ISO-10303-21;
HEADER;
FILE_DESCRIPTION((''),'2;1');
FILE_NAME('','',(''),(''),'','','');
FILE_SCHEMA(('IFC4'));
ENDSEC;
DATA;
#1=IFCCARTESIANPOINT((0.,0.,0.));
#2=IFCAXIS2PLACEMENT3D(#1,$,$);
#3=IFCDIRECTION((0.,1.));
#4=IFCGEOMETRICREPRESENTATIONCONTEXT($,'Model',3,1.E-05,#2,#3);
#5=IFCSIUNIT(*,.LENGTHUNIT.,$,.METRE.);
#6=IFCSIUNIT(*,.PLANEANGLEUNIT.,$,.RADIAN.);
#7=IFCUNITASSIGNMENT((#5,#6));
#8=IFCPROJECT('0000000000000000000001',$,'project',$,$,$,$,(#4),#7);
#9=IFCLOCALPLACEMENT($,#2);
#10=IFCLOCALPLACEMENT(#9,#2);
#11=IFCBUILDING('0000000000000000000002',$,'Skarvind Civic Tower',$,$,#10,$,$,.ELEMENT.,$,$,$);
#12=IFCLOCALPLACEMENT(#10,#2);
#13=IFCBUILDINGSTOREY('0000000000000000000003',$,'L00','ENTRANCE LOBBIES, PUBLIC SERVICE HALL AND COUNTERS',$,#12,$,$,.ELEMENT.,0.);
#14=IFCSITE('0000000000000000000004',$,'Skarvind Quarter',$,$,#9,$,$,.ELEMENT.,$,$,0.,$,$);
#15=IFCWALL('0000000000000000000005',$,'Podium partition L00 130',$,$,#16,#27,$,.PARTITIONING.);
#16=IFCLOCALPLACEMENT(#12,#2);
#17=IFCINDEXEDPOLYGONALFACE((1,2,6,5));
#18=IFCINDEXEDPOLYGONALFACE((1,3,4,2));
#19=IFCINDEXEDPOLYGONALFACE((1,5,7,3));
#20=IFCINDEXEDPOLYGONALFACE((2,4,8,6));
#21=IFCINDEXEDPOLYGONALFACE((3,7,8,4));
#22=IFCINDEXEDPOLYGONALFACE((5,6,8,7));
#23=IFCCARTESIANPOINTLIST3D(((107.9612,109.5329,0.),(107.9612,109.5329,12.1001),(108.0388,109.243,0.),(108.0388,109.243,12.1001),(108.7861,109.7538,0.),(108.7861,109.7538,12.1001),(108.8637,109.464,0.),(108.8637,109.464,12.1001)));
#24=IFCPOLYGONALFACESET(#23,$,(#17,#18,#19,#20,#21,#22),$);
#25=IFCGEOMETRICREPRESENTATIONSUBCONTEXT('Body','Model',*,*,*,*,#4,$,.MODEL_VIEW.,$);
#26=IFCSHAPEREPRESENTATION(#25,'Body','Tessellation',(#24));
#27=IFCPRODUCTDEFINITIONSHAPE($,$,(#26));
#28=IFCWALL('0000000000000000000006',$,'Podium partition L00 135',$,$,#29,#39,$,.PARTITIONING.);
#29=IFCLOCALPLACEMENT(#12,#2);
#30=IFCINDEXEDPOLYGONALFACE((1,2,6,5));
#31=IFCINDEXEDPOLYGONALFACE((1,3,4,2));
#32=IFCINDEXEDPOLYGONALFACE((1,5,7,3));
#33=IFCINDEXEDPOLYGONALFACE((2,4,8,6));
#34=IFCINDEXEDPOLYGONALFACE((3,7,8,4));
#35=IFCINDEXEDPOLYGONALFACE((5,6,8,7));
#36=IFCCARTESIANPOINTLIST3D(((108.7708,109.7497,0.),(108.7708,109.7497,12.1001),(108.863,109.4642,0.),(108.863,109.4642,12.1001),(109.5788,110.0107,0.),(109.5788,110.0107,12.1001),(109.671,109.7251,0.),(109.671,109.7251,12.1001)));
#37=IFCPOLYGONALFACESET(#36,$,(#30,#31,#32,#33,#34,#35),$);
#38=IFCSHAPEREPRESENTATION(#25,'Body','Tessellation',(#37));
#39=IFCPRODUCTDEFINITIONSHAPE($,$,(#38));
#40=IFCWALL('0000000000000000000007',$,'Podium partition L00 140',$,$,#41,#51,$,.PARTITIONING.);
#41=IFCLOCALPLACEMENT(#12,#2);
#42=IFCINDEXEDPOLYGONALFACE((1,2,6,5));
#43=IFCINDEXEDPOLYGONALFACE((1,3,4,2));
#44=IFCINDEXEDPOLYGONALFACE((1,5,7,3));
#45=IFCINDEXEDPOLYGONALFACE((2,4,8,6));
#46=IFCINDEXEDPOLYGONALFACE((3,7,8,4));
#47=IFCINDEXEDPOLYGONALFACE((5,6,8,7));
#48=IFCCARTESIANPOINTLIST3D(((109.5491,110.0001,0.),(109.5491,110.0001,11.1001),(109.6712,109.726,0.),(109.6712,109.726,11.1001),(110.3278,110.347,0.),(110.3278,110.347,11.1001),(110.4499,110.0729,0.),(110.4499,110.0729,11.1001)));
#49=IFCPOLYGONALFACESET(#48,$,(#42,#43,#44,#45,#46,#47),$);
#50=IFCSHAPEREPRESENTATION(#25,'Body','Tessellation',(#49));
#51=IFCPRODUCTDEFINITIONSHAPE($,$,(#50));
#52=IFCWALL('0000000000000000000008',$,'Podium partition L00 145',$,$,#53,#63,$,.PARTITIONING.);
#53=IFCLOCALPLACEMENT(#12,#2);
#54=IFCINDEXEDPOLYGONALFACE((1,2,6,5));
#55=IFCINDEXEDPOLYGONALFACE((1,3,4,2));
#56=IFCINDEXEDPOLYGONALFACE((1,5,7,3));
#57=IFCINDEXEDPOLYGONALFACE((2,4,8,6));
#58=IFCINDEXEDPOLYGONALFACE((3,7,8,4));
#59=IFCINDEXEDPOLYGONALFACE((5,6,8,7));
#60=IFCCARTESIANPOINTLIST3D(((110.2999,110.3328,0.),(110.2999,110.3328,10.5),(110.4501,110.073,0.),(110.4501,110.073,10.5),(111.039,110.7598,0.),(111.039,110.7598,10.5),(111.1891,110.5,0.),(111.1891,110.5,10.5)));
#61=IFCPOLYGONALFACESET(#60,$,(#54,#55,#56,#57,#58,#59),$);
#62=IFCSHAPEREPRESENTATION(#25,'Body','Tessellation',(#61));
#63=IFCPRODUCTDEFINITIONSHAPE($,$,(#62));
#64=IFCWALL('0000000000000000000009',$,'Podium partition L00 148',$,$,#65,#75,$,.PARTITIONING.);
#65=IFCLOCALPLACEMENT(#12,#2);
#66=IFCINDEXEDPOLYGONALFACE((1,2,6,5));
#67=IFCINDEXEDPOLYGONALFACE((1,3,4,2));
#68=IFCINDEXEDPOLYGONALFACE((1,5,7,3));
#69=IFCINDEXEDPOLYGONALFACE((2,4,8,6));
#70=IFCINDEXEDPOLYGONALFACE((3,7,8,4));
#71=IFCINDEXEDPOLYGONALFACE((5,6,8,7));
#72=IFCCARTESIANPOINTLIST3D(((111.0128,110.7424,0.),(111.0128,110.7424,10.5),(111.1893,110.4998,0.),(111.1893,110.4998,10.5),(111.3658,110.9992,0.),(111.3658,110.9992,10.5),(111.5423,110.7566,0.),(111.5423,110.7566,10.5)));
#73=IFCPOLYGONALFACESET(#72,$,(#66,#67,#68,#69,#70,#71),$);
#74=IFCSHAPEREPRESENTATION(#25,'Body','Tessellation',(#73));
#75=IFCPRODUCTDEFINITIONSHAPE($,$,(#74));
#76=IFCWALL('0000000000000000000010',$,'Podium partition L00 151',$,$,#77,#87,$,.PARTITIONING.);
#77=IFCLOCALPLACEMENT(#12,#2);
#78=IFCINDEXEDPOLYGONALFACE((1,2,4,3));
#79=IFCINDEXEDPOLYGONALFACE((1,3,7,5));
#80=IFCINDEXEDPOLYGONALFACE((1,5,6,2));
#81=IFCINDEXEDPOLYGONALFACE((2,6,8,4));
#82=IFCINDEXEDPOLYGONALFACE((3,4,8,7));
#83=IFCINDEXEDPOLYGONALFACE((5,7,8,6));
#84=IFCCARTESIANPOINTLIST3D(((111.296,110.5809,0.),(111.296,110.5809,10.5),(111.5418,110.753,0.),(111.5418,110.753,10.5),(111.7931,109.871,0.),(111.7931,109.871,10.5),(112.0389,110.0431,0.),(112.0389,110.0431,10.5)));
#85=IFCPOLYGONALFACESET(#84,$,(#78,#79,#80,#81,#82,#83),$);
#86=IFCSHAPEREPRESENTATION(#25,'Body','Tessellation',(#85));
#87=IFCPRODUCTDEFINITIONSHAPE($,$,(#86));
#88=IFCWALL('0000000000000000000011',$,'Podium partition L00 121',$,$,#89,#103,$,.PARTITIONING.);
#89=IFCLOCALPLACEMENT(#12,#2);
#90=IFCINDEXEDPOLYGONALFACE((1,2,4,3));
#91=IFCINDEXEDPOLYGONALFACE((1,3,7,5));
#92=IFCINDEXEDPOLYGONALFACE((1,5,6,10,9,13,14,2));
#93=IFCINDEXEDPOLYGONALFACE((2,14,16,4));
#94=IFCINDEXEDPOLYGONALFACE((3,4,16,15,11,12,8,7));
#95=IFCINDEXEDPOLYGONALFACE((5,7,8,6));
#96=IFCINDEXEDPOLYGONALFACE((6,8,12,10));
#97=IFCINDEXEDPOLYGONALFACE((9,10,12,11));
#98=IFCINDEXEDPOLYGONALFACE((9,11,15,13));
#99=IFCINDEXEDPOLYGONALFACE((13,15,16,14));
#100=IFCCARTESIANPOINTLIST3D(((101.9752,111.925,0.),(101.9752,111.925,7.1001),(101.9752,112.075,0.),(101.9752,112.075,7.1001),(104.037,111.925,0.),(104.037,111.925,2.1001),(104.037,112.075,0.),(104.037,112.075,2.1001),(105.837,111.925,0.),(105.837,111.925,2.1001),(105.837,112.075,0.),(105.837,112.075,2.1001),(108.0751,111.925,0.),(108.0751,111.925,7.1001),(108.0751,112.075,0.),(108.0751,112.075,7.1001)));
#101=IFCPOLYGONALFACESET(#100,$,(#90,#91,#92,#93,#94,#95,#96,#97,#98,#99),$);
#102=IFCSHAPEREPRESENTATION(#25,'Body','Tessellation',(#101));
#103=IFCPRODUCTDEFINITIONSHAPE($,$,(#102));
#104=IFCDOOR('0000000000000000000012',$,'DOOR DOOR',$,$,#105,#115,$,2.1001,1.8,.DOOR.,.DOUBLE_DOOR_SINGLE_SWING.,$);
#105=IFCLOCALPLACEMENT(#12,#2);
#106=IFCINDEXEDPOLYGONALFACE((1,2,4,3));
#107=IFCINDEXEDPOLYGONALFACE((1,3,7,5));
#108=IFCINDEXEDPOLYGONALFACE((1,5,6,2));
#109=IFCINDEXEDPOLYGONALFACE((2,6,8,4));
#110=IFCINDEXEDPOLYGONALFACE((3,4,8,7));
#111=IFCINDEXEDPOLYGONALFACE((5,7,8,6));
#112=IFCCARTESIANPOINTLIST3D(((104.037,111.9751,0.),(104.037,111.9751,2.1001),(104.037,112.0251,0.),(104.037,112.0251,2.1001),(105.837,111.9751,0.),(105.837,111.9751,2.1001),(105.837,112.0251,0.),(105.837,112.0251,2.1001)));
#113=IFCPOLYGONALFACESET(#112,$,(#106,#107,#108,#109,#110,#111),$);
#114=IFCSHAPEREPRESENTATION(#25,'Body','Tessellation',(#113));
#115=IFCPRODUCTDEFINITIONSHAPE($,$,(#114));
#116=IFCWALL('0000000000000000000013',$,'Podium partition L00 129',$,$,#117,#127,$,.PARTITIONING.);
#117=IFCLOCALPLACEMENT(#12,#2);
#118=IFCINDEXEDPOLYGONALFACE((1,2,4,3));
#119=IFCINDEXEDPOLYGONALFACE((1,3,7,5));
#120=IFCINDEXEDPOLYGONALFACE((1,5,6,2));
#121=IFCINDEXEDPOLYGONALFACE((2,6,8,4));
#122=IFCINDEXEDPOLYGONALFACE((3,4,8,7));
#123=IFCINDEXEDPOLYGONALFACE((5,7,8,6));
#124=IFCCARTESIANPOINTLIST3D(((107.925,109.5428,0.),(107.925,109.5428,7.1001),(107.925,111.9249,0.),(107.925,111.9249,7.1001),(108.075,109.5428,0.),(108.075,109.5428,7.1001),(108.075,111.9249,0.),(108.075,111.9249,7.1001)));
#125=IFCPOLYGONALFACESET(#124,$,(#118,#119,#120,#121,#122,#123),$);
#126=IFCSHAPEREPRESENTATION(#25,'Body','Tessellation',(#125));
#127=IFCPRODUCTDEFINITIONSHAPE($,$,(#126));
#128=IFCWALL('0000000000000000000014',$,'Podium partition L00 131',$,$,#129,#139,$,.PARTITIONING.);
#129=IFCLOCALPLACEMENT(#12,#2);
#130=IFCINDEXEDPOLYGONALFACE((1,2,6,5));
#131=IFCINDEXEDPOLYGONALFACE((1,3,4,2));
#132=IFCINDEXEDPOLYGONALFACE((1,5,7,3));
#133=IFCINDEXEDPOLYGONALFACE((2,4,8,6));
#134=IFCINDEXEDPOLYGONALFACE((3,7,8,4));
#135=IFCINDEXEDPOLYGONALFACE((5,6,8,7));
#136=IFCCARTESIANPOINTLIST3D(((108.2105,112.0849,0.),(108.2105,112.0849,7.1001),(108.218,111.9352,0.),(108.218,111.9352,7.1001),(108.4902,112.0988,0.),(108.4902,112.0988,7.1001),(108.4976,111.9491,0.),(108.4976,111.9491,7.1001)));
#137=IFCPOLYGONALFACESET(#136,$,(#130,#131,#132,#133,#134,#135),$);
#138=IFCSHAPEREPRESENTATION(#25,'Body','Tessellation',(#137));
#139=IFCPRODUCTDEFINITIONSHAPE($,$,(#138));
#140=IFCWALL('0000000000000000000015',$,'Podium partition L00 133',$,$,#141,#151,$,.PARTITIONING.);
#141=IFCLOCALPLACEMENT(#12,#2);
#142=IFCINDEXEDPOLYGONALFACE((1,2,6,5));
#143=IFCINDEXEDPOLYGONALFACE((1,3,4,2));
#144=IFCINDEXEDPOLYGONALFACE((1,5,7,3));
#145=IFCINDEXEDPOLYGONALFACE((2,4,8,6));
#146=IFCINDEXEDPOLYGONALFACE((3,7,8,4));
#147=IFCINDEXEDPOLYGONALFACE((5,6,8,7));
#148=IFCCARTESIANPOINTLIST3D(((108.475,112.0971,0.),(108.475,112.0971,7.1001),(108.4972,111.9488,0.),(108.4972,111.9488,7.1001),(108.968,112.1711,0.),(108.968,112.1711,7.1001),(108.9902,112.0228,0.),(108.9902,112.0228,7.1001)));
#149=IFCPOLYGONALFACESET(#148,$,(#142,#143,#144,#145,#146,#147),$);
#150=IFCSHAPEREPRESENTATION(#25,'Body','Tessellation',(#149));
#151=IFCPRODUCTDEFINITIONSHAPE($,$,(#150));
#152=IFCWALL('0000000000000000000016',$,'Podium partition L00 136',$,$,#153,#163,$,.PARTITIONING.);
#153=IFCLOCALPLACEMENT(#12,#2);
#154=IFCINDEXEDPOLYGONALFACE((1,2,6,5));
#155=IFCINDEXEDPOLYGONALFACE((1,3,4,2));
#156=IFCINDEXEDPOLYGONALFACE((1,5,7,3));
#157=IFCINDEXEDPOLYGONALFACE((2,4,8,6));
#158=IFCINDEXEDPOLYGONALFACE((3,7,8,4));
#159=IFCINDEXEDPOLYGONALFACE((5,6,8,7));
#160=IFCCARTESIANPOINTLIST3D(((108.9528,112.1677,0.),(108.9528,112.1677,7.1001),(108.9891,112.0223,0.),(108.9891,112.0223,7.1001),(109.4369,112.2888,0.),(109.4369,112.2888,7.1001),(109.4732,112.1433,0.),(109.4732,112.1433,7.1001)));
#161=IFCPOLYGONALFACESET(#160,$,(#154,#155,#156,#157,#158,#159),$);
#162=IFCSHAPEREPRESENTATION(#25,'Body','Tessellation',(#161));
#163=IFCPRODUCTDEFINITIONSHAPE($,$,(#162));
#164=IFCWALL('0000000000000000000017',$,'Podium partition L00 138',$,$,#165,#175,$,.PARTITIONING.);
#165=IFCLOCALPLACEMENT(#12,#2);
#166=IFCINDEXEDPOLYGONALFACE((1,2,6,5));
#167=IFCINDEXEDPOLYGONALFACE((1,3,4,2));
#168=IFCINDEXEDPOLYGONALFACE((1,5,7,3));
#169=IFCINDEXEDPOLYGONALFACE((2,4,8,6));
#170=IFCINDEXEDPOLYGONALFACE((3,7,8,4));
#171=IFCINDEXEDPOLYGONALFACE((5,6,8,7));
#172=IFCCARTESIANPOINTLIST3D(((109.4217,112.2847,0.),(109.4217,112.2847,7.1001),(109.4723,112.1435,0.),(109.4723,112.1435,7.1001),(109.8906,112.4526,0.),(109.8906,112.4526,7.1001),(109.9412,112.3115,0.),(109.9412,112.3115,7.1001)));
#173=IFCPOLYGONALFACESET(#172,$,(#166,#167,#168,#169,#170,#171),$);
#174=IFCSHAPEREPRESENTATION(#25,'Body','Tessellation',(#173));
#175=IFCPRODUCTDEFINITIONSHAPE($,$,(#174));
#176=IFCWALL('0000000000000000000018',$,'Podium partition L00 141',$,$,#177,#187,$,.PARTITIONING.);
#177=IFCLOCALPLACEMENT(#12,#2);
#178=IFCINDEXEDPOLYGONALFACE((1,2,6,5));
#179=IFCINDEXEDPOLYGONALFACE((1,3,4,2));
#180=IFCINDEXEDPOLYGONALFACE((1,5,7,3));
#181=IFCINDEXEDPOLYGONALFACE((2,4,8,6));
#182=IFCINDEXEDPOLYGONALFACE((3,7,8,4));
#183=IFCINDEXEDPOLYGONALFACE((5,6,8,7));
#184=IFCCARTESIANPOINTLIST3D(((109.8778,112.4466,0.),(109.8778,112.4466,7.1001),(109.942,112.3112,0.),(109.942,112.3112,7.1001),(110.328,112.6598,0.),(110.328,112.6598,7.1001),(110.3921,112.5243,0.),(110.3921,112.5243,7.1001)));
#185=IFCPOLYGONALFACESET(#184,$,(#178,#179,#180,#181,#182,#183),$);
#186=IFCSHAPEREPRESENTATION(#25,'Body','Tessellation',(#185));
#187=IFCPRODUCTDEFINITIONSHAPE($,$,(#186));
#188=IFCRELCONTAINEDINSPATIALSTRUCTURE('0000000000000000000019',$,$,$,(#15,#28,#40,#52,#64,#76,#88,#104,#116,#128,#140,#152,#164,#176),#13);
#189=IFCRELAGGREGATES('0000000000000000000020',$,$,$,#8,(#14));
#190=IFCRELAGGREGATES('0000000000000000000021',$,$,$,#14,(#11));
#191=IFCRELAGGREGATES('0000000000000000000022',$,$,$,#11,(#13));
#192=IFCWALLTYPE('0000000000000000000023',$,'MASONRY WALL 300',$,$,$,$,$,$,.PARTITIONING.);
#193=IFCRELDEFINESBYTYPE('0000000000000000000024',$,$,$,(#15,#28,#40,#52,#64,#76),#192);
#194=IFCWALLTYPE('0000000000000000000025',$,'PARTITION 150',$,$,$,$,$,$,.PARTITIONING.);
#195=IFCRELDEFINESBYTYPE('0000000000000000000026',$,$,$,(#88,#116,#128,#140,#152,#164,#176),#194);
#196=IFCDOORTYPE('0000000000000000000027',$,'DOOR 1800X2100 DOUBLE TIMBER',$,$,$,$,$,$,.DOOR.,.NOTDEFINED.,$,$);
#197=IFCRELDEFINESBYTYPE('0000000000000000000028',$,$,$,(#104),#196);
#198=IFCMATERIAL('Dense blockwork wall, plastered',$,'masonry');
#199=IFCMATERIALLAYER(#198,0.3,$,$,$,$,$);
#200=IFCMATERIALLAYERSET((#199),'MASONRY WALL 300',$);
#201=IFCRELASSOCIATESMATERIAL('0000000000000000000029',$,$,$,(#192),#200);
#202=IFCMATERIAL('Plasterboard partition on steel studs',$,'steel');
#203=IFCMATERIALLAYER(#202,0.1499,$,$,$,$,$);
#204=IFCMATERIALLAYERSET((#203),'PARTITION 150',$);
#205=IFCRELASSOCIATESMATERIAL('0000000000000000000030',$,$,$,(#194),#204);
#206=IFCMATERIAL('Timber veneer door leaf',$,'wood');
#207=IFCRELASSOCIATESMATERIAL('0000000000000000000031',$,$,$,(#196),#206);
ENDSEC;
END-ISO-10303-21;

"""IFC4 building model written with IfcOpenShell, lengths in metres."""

from ifc_helpers import new_model, si_unit, direction, frame, frame_2d, origin, place, context, subcontext, project, spatial, rectangle, extrude, material, layer, layer_set, type_object, element, fill, save


model = new_model("IFC4")

# Units and contexts
model_context = context("Model", 3, precision=1e-05, world=origin(), true_north=direction((0.0, 1.0)))
body_context = subcontext(model_context, "Body", "Model", "MODEL_VIEW")
ifc_project = project(units=[si_unit("LENGTHUNIT", "METRE"), si_unit("PLANEANGLEUNIT", "RADIAN")], contexts=[model_context])

# Site, building, storey
site_placement = place(None, origin())
site = spatial("IfcSite", under=ifc_project, at=site_placement, Name="Skarvind Quarter", CompositionType="ELEMENT", RefElevation=0.0)
building_placement = place(site_placement, origin())
building = spatial("IfcBuilding", under=site, at=building_placement, Name="Skarvind Civic Tower", CompositionType="ELEMENT")
storey_placement = place(building_placement, origin())
storey = spatial("IfcBuildingStorey", under=building, at=storey_placement, Name="L00", Description="ENTRANCE LOBBIES, PUBLIC SERVICE HALL AND COUNTERS", CompositionType="ELEMENT", Elevation=0.0)

# Shared definitions
ifc_material_1 = material(Name="Dense blockwork wall, plastered", Category="masonry")
ifc_layer_1 = layer(ifc_material_1, 0.3)
ifc_layer_set_1 = layer_set([ifc_layer_1], Name="MASONRY WALL 300")
wall_type_1 = type_object("IfcWallType", Name="MASONRY WALL 300", PredefinedType="PARTITIONING", material=ifc_layer_set_1)
ifc_material_2 = material(Name="Timber veneer door leaf", Category="wood")

# Walls
wall_1_placement = place(storey_placement, frame((108.0, 109.3879, 0.0), z_axis=(0.0, 0.0, 1.0), x_axis=(0.965954, 0.258712, 0.0)))
element("IfcWall", 1, at=wall_1_placement, inside=storey, type_object=wall_type_1, Name="Podium partition L00 130", PredefinedType="PARTITIONING", context=body_context, shape_type="SweptSolid", body=[
    extrude(rectangle(XDim=0.854, YDim=0.3, at=frame_2d((0.427, 0.0))), origin(), (0.0, 0.0, 1.0), 12.1001),
])
wall_2_placement = place(storey_placement, frame((108.8169, 109.6069, 0.0), z_axis=(0.0, 0.0, 1.0), x_axis=(0.951603, 0.30733, 0.0)))
element("IfcWall", 2, at=wall_2_placement, inside=storey, type_object=wall_type_1, Name="Podium partition L00 135", PredefinedType="PARTITIONING", context=body_context, shape_type="SweptSolid", body=[
    extrude(rectangle(XDim=0.8491, YDim=0.3, at=frame_2d((0.4246, 0.0))), origin(), (0.0, 0.0, 1.0), 12.1001),
])
wall_3_placement = place(storey_placement, frame((109.6101, 109.863, 0.0), z_axis=(0.0, 0.0, 1.0), x_axis=(0.913469, 0.406909, 0.0)))
element("IfcWall", 3, at=wall_3_placement, inside=storey, type_object=wall_type_1, Name="Podium partition L00 140", PredefinedType="PARTITIONING", context=body_context, shape_type="SweptSolid", body=[
    extrude(rectangle(XDim=0.8525, YDim=0.3, at=frame_2d((0.4263, 0.0))), origin(), (0.0, 0.0, 1.0), 11.1001),
])
wall_4_placement = place(storey_placement, frame((110.375, 110.2029, 0.0), z_axis=(0.0, 0.0, 1.0), x_axis=(0.865857, 0.500292, 0.0)))
element("IfcWall", 4, at=wall_4_placement, inside=storey, type_object=wall_type_1, Name="Podium partition L00 145", PredefinedType="PARTITIONING", context=body_context, shape_type="SweptSolid", body=[
    extrude(rectangle(XDim=0.8535, YDim=0.3, at=frame_2d((0.4268, 0.0))), origin(), (0.0, 0.0, 1.0), 10.5),
])
wall_5_placement = place(storey_placement, frame((111.1011, 110.6211, 0.0), z_axis=(0.0, 0.0, 1.0), x_axis=(0.808639, 0.588305, 0.0)))
element("IfcWall", 5, at=wall_5_placement, inside=storey, type_object=wall_type_1, Name="Podium partition L00 148", PredefinedType="PARTITIONING", context=body_context, shape_type="SweptSolid", body=[
    extrude(rectangle(XDim=0.4365, YDim=0.3, at=frame_2d((0.2183, 0.0))), origin(), (0.0, 0.0, 1.0), 10.5),
])
wall_6_placement = place(storey_placement, frame((111.4189, 110.667, 0.0), z_axis=(0.0, 0.0, 1.0), x_axis=(0.573538, -0.819179, 0.0)))
element("IfcWall", 6, at=wall_6_placement, inside=storey, type_object=wall_type_1, Name="Podium partition L00 151", PredefinedType="PARTITIONING", context=body_context, shape_type="SweptSolid", body=[
    extrude(rectangle(XDim=0.8667, YDim=0.3, at=frame_2d((0.4333, 0.0))), origin(), (0.0, 0.0, 1.0), 10.5),
])

# Wall, opening, door
ifc_material_3 = material(Name="Plasterboard partition on steel studs", Category="steel")
ifc_layer_2 = layer(ifc_material_3, 0.1499)
ifc_layer_set_2 = layer_set([ifc_layer_2], Name="PARTITION 150")
wall_type_2 = type_object("IfcWallType", Name="PARTITION 150", PredefinedType="PARTITIONING", material=ifc_layer_set_2)
wall_7_placement = place(storey_placement, frame((108.075, 112.0, 0.0), z_axis=(0.0, 0.0, 1.0), x_axis=(-1.0, 0.0, 0.0)))
wall_7 = element("IfcWall", 7, at=wall_7_placement, inside=storey, type_object=wall_type_2, Name="Podium partition L00 121", PredefinedType="PARTITIONING", context=body_context, shape_type="SweptSolid", body=[
    extrude(rectangle(XDim=6.0999, YDim=0.1499, at=frame_2d((3.0498, 0.0))), origin(), (0.0, 0.0, 1.0), 7.1001),
])
opening_1_placement = place(wall_7_placement, frame((2.238, 0.0, 0.0)))
opening_1 = element("IfcOpeningElement", 8, at=opening_1_placement, cuts=wall_7, PredefinedType="OPENING", context=body_context, shape_type="SweptSolid", body=[
    extrude(rectangle(XDim=1.8, YDim=2.1001, at=frame_2d((0.8999, 1.05))), frame((0.0, 0.085, 0.0), z_axis=(0.0, -1.0, 0.0), x_axis=(1.0, 0.0, 0.0)), (0.0, 0.0, 1.0), 0.1699),
])
door_type_1 = type_object("IfcDoorType", Name="DOOR 1800X2100 DOUBLE TIMBER", OperationType="NOTDEFINED", PredefinedType="DOOR", material=ifc_material_2)
door_1_placement = place(opening_1_placement, origin())
door_1 = element("IfcDoor", 9, at=door_1_placement, inside=storey, type_object=door_type_1, Name="DOOR DOOR", OperationType="DOUBLE_DOOR_SINGLE_SWING", OverallHeight=2.1001, OverallWidth=1.8, PredefinedType="DOOR", context=body_context, shape_type="SweptSolid", body=[
    extrude(rectangle(XDim=1.8, YDim=2.1001, at=frame_2d((0.8999, 1.05))), frame((0.0, 0.0249, 0.0), z_axis=(0.0, -1.0, 0.0), x_axis=(1.0, 0.0, 0.0)), (0.0, 0.0, 1.0), 0.05),
])
fill(opening_1, door_1)

# Walls
wall_8_placement = place(storey_placement, frame((108.0, 109.543, 0.0), z_axis=(0.0, 0.0, 1.0), x_axis=(0.0, 1.0, 0.0)))
element("IfcWall", 10, at=wall_8_placement, inside=storey, type_object=wall_type_2, Name="Podium partition L00 129", PredefinedType="PARTITIONING", context=body_context, shape_type="SweptSolid", body=[
    extrude(rectangle(XDim=2.3821, YDim=0.1499, at=frame_2d((1.1909, 0.0))), origin(), (0.0, 0.0, 1.0), 7.1001),
])
wall_9_placement = place(storey_placement, frame((108.2141, 112.01, 0.0), z_axis=(0.0, 0.0, 1.0), x_axis=(0.998765, 0.049677, 0.0)))
element("IfcWall", 11, at=wall_9_placement, inside=storey, type_object=wall_type_2, Name="Podium partition L00 131", PredefinedType="PARTITIONING", context=body_context, shape_type="SweptSolid", body=[
    extrude(rectangle(XDim=0.28, YDim=0.1499, at=frame_2d((0.1401, 0.0))), origin(), (0.0, 0.0, 1.0), 7.1001),
])
wall_10_placement = place(storey_placement, frame((108.4861, 112.0229, 0.0), z_axis=(0.0, 0.0, 1.0), x_axis=(0.988926, 0.148412, 0.0)))
element("IfcWall", 12, at=wall_10_placement, inside=storey, type_object=wall_type_2, Name="Podium partition L00 133", PredefinedType="PARTITIONING", context=body_context, shape_type="SweptSolid", body=[
    extrude(rectangle(XDim=0.4985, YDim=0.1499, at=frame_2d((0.2493, 0.0))), origin(), (0.0, 0.0, 1.0), 7.1001),
])
wall_11_placement = place(storey_placement, frame((108.9709, 112.095, 0.0), z_axis=(0.0, 0.0, 1.0), x_axis=(0.970114, 0.242651, 0.0)))
element("IfcWall", 13, at=wall_11_placement, inside=storey, type_object=wall_type_2, Name="Podium partition L00 136", PredefinedType="PARTITIONING", context=body_context, shape_type="SweptSolid", body=[
    extrude(rectangle(XDim=0.499, YDim=0.1499, at=frame_2d((0.2495, 0.0))), origin(), (0.0, 0.0, 1.0), 7.1001),
])
for number, where, z_axis, x_axis, name in (
    (14, (109.447, 112.2141, 0.0), (0.0, 0.0, 1.0), (0.941442, 0.337174, 0.0), "Podium partition L00 138"),
    (15, (109.9099, 112.3789, 0.0), (0.0, 0.0, 1.0), (0.903828, 0.427897, 0.0), "Podium partition L00 141"),
):
    element("IfcWall", number, at=place(storey_placement, frame(where, z_axis=z_axis, x_axis=x_axis)), inside=storey, type_object=wall_type_2, Name=name, PredefinedType="PARTITIONING", context=body_context, shape_type="SweptSolid", body=[
        extrude(rectangle(XDim=0.498, YDim=0.1499, at=frame_2d((0.249, 0.0))), origin(), (0.0, 0.0, 1.0), 7.1001),
    ])

save(model, "model.ifc")
